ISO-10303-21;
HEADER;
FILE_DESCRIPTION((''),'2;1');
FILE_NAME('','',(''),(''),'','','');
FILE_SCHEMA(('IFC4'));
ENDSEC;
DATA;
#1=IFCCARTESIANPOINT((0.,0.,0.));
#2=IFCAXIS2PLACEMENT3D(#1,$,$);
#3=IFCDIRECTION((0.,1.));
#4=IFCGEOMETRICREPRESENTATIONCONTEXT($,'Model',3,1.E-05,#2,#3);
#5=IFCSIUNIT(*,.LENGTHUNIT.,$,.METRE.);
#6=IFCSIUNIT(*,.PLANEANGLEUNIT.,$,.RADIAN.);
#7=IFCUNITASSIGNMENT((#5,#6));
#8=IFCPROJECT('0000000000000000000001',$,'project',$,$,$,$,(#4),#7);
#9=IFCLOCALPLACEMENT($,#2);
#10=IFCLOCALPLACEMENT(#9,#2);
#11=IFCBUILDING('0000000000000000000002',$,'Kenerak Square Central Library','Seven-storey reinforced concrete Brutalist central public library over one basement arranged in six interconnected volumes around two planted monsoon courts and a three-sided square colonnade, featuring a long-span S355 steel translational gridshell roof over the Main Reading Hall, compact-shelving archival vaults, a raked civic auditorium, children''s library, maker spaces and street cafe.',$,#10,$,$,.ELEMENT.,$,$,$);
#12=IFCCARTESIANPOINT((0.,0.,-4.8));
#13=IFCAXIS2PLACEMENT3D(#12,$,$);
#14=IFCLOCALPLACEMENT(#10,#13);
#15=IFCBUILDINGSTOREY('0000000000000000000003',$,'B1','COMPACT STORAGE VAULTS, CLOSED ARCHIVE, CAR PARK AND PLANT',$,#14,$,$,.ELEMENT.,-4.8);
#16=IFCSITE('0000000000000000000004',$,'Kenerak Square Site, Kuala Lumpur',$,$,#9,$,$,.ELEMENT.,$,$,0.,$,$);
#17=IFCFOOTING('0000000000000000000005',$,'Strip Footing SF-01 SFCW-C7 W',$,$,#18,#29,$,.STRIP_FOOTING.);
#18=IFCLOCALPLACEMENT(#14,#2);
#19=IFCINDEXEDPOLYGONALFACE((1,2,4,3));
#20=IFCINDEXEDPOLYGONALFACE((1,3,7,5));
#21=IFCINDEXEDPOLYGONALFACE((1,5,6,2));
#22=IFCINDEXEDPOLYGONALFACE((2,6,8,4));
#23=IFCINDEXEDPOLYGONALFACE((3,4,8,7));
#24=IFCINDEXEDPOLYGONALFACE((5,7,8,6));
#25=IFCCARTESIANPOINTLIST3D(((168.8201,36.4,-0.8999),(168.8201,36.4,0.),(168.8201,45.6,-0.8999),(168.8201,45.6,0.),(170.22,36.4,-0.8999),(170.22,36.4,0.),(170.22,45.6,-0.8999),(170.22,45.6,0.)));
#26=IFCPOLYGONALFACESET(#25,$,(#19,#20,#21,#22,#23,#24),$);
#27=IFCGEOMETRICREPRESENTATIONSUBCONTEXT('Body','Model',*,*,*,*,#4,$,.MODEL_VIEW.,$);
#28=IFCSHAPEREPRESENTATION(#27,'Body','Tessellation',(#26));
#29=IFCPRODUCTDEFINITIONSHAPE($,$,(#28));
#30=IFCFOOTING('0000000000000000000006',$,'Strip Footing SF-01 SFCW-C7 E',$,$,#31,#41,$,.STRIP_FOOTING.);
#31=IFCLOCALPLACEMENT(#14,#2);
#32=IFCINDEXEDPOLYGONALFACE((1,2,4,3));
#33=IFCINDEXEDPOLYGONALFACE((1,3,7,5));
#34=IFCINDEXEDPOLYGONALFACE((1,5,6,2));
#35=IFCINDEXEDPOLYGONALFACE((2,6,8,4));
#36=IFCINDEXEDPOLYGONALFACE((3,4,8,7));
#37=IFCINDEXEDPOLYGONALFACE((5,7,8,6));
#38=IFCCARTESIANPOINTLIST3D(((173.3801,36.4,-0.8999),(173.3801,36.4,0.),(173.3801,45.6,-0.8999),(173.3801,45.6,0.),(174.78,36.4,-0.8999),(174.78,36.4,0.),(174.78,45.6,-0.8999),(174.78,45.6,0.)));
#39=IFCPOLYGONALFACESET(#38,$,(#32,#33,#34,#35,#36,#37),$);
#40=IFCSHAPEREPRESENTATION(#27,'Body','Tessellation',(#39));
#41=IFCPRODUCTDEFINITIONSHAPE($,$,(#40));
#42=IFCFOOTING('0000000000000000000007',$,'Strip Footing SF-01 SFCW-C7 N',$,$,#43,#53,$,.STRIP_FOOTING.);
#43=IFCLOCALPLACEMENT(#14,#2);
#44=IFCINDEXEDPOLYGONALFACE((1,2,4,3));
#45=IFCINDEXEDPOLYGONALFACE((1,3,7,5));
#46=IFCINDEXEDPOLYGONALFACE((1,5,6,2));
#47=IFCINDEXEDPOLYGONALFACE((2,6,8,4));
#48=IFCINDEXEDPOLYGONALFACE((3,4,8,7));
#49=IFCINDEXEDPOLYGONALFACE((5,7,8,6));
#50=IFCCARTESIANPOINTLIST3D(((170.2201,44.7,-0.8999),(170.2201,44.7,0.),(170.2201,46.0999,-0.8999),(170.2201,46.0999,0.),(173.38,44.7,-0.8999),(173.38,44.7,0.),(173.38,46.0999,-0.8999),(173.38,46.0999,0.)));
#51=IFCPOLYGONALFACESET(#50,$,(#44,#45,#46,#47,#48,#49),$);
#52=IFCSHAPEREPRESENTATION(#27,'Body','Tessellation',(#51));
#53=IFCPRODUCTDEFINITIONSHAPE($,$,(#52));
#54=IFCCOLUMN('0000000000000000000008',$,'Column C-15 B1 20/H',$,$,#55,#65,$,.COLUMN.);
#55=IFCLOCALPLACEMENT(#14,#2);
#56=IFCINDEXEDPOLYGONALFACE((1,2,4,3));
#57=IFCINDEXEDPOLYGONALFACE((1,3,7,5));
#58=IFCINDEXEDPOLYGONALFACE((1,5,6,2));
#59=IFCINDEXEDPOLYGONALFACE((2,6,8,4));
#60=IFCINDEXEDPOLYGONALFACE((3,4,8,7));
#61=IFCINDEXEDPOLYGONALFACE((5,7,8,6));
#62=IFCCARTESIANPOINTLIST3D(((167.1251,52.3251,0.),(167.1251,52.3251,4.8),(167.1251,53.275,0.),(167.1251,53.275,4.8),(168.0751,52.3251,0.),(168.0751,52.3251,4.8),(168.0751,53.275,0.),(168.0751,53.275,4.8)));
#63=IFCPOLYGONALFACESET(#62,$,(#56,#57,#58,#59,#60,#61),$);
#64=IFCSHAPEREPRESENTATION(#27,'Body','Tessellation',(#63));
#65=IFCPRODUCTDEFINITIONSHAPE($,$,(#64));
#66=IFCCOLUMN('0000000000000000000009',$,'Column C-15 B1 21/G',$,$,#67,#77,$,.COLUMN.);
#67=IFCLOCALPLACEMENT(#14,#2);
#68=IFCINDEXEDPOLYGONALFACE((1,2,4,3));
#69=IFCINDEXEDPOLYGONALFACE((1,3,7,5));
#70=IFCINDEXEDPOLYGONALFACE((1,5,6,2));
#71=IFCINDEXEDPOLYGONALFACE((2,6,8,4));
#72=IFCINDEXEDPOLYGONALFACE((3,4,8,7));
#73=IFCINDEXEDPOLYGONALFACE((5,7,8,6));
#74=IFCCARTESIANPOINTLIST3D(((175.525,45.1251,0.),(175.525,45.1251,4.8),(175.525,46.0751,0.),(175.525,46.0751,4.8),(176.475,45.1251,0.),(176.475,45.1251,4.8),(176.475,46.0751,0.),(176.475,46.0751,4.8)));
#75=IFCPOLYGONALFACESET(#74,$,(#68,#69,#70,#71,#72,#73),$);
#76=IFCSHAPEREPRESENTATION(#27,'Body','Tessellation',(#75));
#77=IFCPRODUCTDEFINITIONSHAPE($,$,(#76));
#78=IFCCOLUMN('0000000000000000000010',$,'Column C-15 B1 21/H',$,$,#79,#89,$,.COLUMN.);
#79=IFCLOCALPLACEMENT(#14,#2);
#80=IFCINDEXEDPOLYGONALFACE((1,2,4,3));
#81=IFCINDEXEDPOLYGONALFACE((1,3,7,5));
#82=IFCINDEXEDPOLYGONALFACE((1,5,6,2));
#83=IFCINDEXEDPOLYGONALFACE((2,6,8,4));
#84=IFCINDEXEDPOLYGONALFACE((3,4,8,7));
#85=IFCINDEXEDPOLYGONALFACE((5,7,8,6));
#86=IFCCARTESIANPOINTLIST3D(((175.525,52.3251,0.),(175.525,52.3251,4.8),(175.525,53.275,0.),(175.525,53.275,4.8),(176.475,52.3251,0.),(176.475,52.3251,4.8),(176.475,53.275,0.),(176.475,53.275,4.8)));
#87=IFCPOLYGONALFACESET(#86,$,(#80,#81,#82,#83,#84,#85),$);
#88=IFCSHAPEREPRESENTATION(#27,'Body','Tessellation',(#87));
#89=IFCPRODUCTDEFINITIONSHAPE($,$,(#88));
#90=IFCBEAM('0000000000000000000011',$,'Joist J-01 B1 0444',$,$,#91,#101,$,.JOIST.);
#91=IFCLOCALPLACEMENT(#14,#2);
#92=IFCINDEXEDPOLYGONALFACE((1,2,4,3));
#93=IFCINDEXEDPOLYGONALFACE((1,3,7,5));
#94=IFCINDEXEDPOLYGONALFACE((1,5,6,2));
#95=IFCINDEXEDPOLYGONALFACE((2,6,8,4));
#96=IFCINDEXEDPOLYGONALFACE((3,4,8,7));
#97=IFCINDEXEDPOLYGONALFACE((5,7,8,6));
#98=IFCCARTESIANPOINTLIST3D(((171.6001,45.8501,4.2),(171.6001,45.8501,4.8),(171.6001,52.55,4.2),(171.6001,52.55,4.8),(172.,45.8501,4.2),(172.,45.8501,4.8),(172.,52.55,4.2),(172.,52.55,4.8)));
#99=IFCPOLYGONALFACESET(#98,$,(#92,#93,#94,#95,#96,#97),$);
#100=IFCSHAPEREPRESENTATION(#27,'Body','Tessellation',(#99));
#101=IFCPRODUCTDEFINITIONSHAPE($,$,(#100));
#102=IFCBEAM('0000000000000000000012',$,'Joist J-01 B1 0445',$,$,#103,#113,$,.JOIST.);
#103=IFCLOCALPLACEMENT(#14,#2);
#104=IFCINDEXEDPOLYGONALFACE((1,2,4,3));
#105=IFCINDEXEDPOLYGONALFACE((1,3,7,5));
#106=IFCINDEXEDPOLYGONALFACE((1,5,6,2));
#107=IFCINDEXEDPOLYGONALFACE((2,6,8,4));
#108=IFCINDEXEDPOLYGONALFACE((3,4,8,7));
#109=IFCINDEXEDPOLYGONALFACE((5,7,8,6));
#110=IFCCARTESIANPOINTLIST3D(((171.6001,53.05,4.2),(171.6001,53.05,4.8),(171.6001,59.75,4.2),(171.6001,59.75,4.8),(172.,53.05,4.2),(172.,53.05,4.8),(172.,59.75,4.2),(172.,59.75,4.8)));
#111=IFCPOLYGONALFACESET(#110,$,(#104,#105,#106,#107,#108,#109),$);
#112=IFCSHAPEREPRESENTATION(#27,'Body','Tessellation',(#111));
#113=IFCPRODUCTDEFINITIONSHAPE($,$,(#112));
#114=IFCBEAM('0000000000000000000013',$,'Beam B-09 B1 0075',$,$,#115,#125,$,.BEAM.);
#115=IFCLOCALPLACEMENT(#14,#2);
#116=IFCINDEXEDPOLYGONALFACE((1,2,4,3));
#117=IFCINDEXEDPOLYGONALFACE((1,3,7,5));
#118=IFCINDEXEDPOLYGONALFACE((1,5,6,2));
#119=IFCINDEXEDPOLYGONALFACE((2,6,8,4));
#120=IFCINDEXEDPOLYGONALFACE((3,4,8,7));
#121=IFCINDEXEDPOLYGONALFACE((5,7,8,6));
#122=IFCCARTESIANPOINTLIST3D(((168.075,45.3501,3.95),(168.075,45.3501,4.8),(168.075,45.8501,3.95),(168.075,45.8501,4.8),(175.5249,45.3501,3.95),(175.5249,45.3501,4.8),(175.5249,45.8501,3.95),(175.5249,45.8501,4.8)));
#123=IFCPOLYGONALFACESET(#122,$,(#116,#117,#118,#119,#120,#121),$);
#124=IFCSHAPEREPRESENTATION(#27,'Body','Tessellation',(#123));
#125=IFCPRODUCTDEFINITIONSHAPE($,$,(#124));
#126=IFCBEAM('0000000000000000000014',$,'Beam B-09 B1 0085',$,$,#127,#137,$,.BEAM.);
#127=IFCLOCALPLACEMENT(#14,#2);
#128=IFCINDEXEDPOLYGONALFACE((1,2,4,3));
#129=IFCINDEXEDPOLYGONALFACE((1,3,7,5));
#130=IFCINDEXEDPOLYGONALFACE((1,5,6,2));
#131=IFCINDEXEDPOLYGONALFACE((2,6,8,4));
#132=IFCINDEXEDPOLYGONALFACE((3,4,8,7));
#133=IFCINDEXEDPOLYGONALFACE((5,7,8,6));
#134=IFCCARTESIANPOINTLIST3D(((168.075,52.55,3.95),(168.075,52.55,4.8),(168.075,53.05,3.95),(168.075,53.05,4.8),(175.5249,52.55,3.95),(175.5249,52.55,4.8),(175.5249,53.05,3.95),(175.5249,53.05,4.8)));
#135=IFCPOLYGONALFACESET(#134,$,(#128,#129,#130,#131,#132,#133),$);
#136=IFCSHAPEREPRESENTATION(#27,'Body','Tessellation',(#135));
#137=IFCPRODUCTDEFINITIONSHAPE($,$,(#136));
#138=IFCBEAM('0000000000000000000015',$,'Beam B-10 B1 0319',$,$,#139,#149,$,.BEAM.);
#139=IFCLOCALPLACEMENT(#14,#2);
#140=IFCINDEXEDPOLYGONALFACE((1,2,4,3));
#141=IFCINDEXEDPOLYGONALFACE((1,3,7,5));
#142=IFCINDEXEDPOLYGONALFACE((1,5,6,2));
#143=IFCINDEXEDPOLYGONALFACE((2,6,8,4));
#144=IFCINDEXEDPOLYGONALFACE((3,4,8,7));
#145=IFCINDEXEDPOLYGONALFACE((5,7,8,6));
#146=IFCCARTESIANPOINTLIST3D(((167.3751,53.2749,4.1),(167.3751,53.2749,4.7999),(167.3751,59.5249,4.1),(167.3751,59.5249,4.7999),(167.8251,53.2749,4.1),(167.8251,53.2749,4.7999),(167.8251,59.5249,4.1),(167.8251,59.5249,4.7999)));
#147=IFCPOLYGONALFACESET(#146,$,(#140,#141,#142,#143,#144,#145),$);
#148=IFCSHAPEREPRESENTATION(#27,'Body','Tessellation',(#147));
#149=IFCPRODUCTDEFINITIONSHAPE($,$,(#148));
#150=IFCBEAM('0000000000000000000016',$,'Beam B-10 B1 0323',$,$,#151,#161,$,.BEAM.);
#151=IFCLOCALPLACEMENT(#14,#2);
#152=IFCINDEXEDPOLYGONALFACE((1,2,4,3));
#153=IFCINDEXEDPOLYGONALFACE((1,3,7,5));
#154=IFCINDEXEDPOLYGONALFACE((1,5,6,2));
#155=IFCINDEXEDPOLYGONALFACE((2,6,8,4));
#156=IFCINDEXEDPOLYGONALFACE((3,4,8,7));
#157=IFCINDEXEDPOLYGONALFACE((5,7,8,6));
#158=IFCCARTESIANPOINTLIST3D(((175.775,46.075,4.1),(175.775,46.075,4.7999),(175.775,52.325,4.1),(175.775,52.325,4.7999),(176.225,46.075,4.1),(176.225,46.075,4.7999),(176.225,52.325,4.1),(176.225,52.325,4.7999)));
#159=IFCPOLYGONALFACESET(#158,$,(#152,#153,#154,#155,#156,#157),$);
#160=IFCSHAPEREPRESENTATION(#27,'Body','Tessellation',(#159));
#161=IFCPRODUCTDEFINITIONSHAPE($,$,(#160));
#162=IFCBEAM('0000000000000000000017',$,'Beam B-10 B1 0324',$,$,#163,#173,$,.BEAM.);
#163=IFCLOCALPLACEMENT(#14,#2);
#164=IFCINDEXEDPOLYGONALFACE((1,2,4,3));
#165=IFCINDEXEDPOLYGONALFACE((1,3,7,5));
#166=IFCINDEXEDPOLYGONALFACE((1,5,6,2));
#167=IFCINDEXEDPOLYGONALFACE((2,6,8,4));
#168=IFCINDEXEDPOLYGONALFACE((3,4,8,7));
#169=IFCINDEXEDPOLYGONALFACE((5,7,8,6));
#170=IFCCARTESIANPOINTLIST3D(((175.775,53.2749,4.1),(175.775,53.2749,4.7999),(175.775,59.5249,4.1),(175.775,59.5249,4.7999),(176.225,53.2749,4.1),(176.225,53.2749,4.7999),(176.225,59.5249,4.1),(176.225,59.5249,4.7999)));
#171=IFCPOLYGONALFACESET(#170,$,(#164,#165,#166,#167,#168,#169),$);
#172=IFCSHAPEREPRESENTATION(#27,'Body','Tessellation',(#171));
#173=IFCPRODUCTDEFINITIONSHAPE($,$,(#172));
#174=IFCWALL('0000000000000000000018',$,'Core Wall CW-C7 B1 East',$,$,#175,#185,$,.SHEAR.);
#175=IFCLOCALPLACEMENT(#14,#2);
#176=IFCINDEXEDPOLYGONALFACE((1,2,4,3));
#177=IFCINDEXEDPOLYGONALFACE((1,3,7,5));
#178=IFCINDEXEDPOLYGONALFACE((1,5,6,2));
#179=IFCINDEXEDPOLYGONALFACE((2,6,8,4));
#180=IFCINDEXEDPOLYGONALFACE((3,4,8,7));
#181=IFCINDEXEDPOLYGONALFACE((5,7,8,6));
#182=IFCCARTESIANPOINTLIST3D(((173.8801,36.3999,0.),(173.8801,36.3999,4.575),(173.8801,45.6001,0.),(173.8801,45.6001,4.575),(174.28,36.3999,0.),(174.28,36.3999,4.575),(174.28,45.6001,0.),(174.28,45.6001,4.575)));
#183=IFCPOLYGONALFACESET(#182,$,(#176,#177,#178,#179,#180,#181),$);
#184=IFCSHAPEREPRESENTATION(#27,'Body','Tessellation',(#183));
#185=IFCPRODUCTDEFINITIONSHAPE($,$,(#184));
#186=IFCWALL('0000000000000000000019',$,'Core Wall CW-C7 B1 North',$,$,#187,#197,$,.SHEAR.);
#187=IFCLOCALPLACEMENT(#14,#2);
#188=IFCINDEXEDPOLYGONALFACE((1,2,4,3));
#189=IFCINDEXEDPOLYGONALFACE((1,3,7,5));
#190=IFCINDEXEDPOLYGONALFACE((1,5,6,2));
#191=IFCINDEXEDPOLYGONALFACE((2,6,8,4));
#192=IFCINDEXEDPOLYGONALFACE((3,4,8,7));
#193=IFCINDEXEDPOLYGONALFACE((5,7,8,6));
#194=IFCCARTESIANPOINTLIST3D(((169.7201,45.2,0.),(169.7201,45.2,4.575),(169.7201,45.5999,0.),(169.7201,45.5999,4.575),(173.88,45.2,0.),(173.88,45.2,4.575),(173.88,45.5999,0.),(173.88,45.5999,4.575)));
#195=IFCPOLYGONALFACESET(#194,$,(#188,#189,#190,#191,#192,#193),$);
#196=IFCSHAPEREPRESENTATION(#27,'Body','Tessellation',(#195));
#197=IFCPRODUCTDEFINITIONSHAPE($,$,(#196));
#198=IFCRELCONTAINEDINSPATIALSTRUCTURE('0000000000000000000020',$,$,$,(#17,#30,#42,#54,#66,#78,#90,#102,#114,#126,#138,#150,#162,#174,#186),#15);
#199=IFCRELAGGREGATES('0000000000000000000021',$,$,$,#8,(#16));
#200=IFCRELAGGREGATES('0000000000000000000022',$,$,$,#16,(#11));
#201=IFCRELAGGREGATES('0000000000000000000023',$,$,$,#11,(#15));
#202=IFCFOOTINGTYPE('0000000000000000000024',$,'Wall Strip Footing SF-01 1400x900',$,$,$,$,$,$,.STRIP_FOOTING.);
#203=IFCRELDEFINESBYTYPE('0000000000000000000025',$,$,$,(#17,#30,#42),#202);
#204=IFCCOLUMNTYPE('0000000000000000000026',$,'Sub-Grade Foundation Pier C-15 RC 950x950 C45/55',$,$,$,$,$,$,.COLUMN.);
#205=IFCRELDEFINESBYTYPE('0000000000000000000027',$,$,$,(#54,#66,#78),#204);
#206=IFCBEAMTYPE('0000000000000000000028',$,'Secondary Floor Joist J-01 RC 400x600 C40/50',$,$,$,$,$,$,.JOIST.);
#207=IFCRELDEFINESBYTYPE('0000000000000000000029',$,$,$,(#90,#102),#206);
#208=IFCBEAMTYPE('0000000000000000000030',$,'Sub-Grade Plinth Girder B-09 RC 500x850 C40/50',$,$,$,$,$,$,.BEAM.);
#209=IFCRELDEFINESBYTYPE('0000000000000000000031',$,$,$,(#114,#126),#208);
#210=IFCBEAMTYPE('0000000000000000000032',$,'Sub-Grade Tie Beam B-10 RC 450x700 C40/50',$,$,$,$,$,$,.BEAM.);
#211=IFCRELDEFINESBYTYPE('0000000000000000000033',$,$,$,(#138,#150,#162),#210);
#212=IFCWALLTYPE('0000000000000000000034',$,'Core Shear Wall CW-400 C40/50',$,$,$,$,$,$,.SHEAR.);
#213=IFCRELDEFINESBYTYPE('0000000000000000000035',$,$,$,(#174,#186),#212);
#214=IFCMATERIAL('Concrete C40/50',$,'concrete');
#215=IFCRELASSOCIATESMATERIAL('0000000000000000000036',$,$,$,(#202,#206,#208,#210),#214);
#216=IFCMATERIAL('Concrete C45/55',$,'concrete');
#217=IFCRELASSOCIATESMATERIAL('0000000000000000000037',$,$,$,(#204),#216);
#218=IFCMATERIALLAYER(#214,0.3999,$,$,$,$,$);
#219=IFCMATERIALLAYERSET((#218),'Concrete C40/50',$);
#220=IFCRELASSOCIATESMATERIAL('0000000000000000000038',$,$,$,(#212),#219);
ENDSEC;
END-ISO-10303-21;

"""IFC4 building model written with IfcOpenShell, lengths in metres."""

from ifc_helpers import new_model, si_unit, direction, frame, frame_2d, origin, origin_2d, place, context, subcontext, project, spatial, rectangle, extrude, material, layer, layer_set, material_profile, profile_set, type_object, element, save


model = new_model("IFC4")

# Units and contexts
model_context = context("Model", 3, precision=1e-05, world=origin(), true_north=direction((0.0, 1.0)))
body_context = subcontext(model_context, "Body", "Model", "MODEL_VIEW")
ifc_project = project(units=[si_unit("LENGTHUNIT", "METRE"), si_unit("PLANEANGLEUNIT", "RADIAN")], contexts=[model_context])

# Site, building, storey
site_placement = place(None, origin())
site = spatial("IfcSite", under=ifc_project, at=site_placement, Name="Kenerak Square Site, Kuala Lumpur", CompositionType="ELEMENT", RefElevation=0.0)
building_placement = place(site_placement, origin())
building = spatial("IfcBuilding", under=site, at=building_placement, Name="Kenerak Square Central Library", Description="Seven-storey reinforced concrete Brutalist central public library over one basement arranged in six interconnected volumes around two planted monsoon courts and a three-sided square colonnade, featuring a long-span S355 steel translational gridshell roof over the Main Reading Hall, compact-shelving archival vaults, a raked civic auditorium, children's library, maker spaces and street cafe.", CompositionType="ELEMENT")
storey_placement = place(building_placement, frame((0.0, 0.0, -4.8)))
storey = spatial("IfcBuildingStorey", under=building, at=storey_placement, Name="B1", Description="COMPACT STORAGE VAULTS, CLOSED ARCHIVE, CAR PARK AND PLANT", CompositionType="ELEMENT", Elevation=-4.8)

# Shared definitions
ifc_material_1 = material(Name="Concrete C40/50", Category="concrete")

# Footings
footing_type_1 = type_object("IfcFootingType", Name="Wall Strip Footing SF-01 1400x900", PredefinedType="STRIP_FOOTING", material=ifc_material_1)
for number, where, z_axis, x_axis, name in (
    (1, (169.52, 41.0, -0.8999), (0.0, 0.0, 1.0), (1.0, 0.0, 0.0), "Strip Footing SF-01 SFCW-C7 W"),
    (2, (174.0801, 41.0, -0.8999), (0.0, 0.0, 1.0), (1.0, 0.0, 0.0), "Strip Footing SF-01 SFCW-C7 E"),
):
    element("IfcFooting", number, at=place(storey_placement, frame(where, z_axis=z_axis, x_axis=x_axis)), inside=storey, type_object=footing_type_1, Name=name, PredefinedType="STRIP_FOOTING", context=body_context, shape_type="SweptSolid", body=[
        extrude(rectangle(XDim=1.3999, YDim=9.2, at=origin_2d()), origin(), (0.0, 0.0, 1.0), 0.8999),
    ])
footing_1_placement = place(storey_placement, frame((171.8, 45.3999, -0.8999), z_axis=(0.0, 0.0, 1.0), x_axis=(1.0, 0.0, 0.0)))
element("IfcFooting", 3, at=footing_1_placement, inside=storey, type_object=footing_type_1, Name="Strip Footing SF-01 SFCW-C7 N", PredefinedType="STRIP_FOOTING", context=body_context, shape_type="SweptSolid", body=[
    extrude(rectangle(XDim=3.1599, YDim=1.3999, at=origin_2d()), origin(), (0.0, 0.0, 1.0), 0.8999),
])

# Columns
ifc_material_2 = material(Name="Concrete C45/55", Category="concrete")
ifc_material_profile_1 = material_profile(ifc_material_2, rectangle(XDim=0.95, YDim=0.95, at=origin_2d()), Name="RC 950x950")
ifc_profile_set_1 = profile_set([ifc_material_profile_1], Name="Concrete C45/55")
column_type = type_object("IfcColumnType", Name="Sub-Grade Foundation Pier C-15 RC 950x950 C45/55", PredefinedType="COLUMN", material=ifc_profile_set_1)
for number, where, z_axis, x_axis, name in (
    (4, (167.6001, 52.8, 0.0), (0.0, 0.0, 1.0), (1.0, 0.0, 0.0), "Column C-15 B1 20/H"),
    (5, (176.0, 45.6001, 0.0), (0.0, 0.0, 1.0), (1.0, 0.0, 0.0), "Column C-15 B1 21/G"),
    (6, (176.0, 52.8, 0.0), (0.0, 0.0, 1.0), (1.0, 0.0, 0.0), "Column C-15 B1 21/H"),
):
    element("IfcColumn", number, at=place(storey_placement, frame(where, z_axis=z_axis, x_axis=x_axis)), inside=storey, type_object=column_type, Name=name, PredefinedType="COLUMN", context=body_context, shape_type="SweptSolid", body=[
        extrude(rectangle(XDim=0.95, YDim=0.95, at=origin_2d()), origin(), (0.0, 0.0, 1.0), 4.8),
    ])

# Beams
ifc_material_profile_2 = material_profile(ifc_material_1, rectangle(XDim=0.3999, YDim=0.6001, at=origin_2d()), Name="RC 400x600")
ifc_profile_set_2 = profile_set([ifc_material_profile_2], Name="Concrete C40/50")
beam_type_1 = type_object("IfcBeamType", Name="Secondary Floor Joist J-01 RC 400x600 C40/50", PredefinedType="JOIST", material=ifc_profile_set_2)
for number, where, z_axis, x_axis, name in (
    (7, (171.8, 45.8501, 4.5), (0.0, 1.0, 0.0), (-1.0, 0.0, 0.0), "Joist J-01 B1 0444"),
    (8, (171.8, 53.05, 4.5), (0.0, 1.0, 0.0), (-1.0, 0.0, 0.0), "Joist J-01 B1 0445"),
):
    element("IfcBeam", number, at=place(storey_placement, frame(where, z_axis=z_axis, x_axis=x_axis)), inside=storey, type_object=beam_type_1, Name=name, PredefinedType="JOIST", context=body_context, shape_type="SweptSolid", body=[
        extrude(rectangle(XDim=0.3999, YDim=0.6001, at=origin_2d()), origin(), (0.0, 0.0, 1.0), 6.7),
    ])
ifc_material_profile_3 = material_profile(ifc_material_1, rectangle(XDim=0.5, YDim=0.8501, at=origin_2d()), Name="RC 500x850")
ifc_profile_set_3 = profile_set([ifc_material_profile_3], Name="Concrete C40/50")
beam_type_2 = type_object("IfcBeamType", Name="Sub-Grade Plinth Girder B-09 RC 500x850 C40/50", PredefinedType="BEAM", material=ifc_profile_set_3)
for number, where, z_axis, x_axis, name in (
    (9, (168.075, 45.6001, 4.375), (1.0, 0.0, 0.0), (0.0, 1.0, 0.0), "Beam B-09 B1 0075"),
    (10, (168.075, 52.8, 4.375), (1.0, 0.0, 0.0), (0.0, 1.0, 0.0), "Beam B-09 B1 0085"),
):
    element("IfcBeam", number, at=place(storey_placement, frame(where, z_axis=z_axis, x_axis=x_axis)), inside=storey, type_object=beam_type_2, Name=name, PredefinedType="BEAM", context=body_context, shape_type="SweptSolid", body=[
        extrude(rectangle(XDim=0.5, YDim=0.8501, at=origin_2d()), origin(), (0.0, 0.0, 1.0), 7.45),
    ])
ifc_material_profile_4 = material_profile(ifc_material_1, rectangle(XDim=0.45, YDim=0.7, at=origin_2d()), Name="RC 450x700")
ifc_profile_set_4 = profile_set([ifc_material_profile_4], Name="Concrete C40/50")
beam_type_3 = type_object("IfcBeamType", Name="Sub-Grade Tie Beam B-10 RC 450x700 C40/50", PredefinedType="BEAM", material=ifc_profile_set_4)
for number, where, z_axis, x_axis, name in (
    (11, (167.6001, 53.2749, 4.45), (0.0, 1.0, 0.0), (-1.0, 0.0, 0.0), "Beam B-10 B1 0319"),
    (12, (176.0, 46.075, 4.45), (0.0, 1.0, 0.0), (-1.0, 0.0, 0.0), "Beam B-10 B1 0323"),
    (13, (176.0, 53.2749, 4.45), (0.0, 1.0, 0.0), (-1.0, 0.0, 0.0), "Beam B-10 B1 0324"),
):
    element("IfcBeam", number, at=place(storey_placement, frame(where, z_axis=z_axis, x_axis=x_axis)), inside=storey, type_object=beam_type_3, Name=name, PredefinedType="BEAM", context=body_context, shape_type="SweptSolid", body=[
        extrude(rectangle(XDim=0.45, YDim=0.7, at=origin_2d()), origin(), (0.0, 0.0, 1.0), 6.25),
    ])

# Walls
ifc_layer = layer(ifc_material_1, 0.3999)
ifc_layer_set = layer_set([ifc_layer], Name="Concrete C40/50")
wall_type = type_object("IfcWallType", Name="Core Shear Wall CW-400 C40/50", PredefinedType="SHEAR", material=ifc_layer_set)
wall_1_placement = place(storey_placement, frame((174.0801, 45.6001, 0.0), z_axis=(0.0, 0.0, 1.0), x_axis=(0.0, -1.0, 0.0)))
element("IfcWall", 14, at=wall_1_placement, inside=storey, type_object=wall_type, Name="Core Wall CW-C7 B1 East", PredefinedType="SHEAR", context=body_context, shape_type="SweptSolid", body=[
    extrude(rectangle(XDim=9.2002, YDim=0.3999, at=frame_2d((4.6001, 0.0))), origin(), (0.0, 0.0, 1.0), 4.575),
])
wall_2_placement = place(storey_placement, frame((169.72, 45.3999, 0.0), z_axis=(0.0, 0.0, 1.0), x_axis=(1.0, 0.0, 0.0)))
element("IfcWall", 15, at=wall_2_placement, inside=storey, type_object=wall_type, Name="Core Wall CW-C7 B1 North", PredefinedType="SHEAR", context=body_context, shape_type="SweptSolid", body=[
    extrude(rectangle(XDim=4.1599, YDim=0.3999, at=frame_2d((2.0801, 0.0))), origin(), (0.0, 0.0, 1.0), 4.575),
])

save(model, "model.ifc")
